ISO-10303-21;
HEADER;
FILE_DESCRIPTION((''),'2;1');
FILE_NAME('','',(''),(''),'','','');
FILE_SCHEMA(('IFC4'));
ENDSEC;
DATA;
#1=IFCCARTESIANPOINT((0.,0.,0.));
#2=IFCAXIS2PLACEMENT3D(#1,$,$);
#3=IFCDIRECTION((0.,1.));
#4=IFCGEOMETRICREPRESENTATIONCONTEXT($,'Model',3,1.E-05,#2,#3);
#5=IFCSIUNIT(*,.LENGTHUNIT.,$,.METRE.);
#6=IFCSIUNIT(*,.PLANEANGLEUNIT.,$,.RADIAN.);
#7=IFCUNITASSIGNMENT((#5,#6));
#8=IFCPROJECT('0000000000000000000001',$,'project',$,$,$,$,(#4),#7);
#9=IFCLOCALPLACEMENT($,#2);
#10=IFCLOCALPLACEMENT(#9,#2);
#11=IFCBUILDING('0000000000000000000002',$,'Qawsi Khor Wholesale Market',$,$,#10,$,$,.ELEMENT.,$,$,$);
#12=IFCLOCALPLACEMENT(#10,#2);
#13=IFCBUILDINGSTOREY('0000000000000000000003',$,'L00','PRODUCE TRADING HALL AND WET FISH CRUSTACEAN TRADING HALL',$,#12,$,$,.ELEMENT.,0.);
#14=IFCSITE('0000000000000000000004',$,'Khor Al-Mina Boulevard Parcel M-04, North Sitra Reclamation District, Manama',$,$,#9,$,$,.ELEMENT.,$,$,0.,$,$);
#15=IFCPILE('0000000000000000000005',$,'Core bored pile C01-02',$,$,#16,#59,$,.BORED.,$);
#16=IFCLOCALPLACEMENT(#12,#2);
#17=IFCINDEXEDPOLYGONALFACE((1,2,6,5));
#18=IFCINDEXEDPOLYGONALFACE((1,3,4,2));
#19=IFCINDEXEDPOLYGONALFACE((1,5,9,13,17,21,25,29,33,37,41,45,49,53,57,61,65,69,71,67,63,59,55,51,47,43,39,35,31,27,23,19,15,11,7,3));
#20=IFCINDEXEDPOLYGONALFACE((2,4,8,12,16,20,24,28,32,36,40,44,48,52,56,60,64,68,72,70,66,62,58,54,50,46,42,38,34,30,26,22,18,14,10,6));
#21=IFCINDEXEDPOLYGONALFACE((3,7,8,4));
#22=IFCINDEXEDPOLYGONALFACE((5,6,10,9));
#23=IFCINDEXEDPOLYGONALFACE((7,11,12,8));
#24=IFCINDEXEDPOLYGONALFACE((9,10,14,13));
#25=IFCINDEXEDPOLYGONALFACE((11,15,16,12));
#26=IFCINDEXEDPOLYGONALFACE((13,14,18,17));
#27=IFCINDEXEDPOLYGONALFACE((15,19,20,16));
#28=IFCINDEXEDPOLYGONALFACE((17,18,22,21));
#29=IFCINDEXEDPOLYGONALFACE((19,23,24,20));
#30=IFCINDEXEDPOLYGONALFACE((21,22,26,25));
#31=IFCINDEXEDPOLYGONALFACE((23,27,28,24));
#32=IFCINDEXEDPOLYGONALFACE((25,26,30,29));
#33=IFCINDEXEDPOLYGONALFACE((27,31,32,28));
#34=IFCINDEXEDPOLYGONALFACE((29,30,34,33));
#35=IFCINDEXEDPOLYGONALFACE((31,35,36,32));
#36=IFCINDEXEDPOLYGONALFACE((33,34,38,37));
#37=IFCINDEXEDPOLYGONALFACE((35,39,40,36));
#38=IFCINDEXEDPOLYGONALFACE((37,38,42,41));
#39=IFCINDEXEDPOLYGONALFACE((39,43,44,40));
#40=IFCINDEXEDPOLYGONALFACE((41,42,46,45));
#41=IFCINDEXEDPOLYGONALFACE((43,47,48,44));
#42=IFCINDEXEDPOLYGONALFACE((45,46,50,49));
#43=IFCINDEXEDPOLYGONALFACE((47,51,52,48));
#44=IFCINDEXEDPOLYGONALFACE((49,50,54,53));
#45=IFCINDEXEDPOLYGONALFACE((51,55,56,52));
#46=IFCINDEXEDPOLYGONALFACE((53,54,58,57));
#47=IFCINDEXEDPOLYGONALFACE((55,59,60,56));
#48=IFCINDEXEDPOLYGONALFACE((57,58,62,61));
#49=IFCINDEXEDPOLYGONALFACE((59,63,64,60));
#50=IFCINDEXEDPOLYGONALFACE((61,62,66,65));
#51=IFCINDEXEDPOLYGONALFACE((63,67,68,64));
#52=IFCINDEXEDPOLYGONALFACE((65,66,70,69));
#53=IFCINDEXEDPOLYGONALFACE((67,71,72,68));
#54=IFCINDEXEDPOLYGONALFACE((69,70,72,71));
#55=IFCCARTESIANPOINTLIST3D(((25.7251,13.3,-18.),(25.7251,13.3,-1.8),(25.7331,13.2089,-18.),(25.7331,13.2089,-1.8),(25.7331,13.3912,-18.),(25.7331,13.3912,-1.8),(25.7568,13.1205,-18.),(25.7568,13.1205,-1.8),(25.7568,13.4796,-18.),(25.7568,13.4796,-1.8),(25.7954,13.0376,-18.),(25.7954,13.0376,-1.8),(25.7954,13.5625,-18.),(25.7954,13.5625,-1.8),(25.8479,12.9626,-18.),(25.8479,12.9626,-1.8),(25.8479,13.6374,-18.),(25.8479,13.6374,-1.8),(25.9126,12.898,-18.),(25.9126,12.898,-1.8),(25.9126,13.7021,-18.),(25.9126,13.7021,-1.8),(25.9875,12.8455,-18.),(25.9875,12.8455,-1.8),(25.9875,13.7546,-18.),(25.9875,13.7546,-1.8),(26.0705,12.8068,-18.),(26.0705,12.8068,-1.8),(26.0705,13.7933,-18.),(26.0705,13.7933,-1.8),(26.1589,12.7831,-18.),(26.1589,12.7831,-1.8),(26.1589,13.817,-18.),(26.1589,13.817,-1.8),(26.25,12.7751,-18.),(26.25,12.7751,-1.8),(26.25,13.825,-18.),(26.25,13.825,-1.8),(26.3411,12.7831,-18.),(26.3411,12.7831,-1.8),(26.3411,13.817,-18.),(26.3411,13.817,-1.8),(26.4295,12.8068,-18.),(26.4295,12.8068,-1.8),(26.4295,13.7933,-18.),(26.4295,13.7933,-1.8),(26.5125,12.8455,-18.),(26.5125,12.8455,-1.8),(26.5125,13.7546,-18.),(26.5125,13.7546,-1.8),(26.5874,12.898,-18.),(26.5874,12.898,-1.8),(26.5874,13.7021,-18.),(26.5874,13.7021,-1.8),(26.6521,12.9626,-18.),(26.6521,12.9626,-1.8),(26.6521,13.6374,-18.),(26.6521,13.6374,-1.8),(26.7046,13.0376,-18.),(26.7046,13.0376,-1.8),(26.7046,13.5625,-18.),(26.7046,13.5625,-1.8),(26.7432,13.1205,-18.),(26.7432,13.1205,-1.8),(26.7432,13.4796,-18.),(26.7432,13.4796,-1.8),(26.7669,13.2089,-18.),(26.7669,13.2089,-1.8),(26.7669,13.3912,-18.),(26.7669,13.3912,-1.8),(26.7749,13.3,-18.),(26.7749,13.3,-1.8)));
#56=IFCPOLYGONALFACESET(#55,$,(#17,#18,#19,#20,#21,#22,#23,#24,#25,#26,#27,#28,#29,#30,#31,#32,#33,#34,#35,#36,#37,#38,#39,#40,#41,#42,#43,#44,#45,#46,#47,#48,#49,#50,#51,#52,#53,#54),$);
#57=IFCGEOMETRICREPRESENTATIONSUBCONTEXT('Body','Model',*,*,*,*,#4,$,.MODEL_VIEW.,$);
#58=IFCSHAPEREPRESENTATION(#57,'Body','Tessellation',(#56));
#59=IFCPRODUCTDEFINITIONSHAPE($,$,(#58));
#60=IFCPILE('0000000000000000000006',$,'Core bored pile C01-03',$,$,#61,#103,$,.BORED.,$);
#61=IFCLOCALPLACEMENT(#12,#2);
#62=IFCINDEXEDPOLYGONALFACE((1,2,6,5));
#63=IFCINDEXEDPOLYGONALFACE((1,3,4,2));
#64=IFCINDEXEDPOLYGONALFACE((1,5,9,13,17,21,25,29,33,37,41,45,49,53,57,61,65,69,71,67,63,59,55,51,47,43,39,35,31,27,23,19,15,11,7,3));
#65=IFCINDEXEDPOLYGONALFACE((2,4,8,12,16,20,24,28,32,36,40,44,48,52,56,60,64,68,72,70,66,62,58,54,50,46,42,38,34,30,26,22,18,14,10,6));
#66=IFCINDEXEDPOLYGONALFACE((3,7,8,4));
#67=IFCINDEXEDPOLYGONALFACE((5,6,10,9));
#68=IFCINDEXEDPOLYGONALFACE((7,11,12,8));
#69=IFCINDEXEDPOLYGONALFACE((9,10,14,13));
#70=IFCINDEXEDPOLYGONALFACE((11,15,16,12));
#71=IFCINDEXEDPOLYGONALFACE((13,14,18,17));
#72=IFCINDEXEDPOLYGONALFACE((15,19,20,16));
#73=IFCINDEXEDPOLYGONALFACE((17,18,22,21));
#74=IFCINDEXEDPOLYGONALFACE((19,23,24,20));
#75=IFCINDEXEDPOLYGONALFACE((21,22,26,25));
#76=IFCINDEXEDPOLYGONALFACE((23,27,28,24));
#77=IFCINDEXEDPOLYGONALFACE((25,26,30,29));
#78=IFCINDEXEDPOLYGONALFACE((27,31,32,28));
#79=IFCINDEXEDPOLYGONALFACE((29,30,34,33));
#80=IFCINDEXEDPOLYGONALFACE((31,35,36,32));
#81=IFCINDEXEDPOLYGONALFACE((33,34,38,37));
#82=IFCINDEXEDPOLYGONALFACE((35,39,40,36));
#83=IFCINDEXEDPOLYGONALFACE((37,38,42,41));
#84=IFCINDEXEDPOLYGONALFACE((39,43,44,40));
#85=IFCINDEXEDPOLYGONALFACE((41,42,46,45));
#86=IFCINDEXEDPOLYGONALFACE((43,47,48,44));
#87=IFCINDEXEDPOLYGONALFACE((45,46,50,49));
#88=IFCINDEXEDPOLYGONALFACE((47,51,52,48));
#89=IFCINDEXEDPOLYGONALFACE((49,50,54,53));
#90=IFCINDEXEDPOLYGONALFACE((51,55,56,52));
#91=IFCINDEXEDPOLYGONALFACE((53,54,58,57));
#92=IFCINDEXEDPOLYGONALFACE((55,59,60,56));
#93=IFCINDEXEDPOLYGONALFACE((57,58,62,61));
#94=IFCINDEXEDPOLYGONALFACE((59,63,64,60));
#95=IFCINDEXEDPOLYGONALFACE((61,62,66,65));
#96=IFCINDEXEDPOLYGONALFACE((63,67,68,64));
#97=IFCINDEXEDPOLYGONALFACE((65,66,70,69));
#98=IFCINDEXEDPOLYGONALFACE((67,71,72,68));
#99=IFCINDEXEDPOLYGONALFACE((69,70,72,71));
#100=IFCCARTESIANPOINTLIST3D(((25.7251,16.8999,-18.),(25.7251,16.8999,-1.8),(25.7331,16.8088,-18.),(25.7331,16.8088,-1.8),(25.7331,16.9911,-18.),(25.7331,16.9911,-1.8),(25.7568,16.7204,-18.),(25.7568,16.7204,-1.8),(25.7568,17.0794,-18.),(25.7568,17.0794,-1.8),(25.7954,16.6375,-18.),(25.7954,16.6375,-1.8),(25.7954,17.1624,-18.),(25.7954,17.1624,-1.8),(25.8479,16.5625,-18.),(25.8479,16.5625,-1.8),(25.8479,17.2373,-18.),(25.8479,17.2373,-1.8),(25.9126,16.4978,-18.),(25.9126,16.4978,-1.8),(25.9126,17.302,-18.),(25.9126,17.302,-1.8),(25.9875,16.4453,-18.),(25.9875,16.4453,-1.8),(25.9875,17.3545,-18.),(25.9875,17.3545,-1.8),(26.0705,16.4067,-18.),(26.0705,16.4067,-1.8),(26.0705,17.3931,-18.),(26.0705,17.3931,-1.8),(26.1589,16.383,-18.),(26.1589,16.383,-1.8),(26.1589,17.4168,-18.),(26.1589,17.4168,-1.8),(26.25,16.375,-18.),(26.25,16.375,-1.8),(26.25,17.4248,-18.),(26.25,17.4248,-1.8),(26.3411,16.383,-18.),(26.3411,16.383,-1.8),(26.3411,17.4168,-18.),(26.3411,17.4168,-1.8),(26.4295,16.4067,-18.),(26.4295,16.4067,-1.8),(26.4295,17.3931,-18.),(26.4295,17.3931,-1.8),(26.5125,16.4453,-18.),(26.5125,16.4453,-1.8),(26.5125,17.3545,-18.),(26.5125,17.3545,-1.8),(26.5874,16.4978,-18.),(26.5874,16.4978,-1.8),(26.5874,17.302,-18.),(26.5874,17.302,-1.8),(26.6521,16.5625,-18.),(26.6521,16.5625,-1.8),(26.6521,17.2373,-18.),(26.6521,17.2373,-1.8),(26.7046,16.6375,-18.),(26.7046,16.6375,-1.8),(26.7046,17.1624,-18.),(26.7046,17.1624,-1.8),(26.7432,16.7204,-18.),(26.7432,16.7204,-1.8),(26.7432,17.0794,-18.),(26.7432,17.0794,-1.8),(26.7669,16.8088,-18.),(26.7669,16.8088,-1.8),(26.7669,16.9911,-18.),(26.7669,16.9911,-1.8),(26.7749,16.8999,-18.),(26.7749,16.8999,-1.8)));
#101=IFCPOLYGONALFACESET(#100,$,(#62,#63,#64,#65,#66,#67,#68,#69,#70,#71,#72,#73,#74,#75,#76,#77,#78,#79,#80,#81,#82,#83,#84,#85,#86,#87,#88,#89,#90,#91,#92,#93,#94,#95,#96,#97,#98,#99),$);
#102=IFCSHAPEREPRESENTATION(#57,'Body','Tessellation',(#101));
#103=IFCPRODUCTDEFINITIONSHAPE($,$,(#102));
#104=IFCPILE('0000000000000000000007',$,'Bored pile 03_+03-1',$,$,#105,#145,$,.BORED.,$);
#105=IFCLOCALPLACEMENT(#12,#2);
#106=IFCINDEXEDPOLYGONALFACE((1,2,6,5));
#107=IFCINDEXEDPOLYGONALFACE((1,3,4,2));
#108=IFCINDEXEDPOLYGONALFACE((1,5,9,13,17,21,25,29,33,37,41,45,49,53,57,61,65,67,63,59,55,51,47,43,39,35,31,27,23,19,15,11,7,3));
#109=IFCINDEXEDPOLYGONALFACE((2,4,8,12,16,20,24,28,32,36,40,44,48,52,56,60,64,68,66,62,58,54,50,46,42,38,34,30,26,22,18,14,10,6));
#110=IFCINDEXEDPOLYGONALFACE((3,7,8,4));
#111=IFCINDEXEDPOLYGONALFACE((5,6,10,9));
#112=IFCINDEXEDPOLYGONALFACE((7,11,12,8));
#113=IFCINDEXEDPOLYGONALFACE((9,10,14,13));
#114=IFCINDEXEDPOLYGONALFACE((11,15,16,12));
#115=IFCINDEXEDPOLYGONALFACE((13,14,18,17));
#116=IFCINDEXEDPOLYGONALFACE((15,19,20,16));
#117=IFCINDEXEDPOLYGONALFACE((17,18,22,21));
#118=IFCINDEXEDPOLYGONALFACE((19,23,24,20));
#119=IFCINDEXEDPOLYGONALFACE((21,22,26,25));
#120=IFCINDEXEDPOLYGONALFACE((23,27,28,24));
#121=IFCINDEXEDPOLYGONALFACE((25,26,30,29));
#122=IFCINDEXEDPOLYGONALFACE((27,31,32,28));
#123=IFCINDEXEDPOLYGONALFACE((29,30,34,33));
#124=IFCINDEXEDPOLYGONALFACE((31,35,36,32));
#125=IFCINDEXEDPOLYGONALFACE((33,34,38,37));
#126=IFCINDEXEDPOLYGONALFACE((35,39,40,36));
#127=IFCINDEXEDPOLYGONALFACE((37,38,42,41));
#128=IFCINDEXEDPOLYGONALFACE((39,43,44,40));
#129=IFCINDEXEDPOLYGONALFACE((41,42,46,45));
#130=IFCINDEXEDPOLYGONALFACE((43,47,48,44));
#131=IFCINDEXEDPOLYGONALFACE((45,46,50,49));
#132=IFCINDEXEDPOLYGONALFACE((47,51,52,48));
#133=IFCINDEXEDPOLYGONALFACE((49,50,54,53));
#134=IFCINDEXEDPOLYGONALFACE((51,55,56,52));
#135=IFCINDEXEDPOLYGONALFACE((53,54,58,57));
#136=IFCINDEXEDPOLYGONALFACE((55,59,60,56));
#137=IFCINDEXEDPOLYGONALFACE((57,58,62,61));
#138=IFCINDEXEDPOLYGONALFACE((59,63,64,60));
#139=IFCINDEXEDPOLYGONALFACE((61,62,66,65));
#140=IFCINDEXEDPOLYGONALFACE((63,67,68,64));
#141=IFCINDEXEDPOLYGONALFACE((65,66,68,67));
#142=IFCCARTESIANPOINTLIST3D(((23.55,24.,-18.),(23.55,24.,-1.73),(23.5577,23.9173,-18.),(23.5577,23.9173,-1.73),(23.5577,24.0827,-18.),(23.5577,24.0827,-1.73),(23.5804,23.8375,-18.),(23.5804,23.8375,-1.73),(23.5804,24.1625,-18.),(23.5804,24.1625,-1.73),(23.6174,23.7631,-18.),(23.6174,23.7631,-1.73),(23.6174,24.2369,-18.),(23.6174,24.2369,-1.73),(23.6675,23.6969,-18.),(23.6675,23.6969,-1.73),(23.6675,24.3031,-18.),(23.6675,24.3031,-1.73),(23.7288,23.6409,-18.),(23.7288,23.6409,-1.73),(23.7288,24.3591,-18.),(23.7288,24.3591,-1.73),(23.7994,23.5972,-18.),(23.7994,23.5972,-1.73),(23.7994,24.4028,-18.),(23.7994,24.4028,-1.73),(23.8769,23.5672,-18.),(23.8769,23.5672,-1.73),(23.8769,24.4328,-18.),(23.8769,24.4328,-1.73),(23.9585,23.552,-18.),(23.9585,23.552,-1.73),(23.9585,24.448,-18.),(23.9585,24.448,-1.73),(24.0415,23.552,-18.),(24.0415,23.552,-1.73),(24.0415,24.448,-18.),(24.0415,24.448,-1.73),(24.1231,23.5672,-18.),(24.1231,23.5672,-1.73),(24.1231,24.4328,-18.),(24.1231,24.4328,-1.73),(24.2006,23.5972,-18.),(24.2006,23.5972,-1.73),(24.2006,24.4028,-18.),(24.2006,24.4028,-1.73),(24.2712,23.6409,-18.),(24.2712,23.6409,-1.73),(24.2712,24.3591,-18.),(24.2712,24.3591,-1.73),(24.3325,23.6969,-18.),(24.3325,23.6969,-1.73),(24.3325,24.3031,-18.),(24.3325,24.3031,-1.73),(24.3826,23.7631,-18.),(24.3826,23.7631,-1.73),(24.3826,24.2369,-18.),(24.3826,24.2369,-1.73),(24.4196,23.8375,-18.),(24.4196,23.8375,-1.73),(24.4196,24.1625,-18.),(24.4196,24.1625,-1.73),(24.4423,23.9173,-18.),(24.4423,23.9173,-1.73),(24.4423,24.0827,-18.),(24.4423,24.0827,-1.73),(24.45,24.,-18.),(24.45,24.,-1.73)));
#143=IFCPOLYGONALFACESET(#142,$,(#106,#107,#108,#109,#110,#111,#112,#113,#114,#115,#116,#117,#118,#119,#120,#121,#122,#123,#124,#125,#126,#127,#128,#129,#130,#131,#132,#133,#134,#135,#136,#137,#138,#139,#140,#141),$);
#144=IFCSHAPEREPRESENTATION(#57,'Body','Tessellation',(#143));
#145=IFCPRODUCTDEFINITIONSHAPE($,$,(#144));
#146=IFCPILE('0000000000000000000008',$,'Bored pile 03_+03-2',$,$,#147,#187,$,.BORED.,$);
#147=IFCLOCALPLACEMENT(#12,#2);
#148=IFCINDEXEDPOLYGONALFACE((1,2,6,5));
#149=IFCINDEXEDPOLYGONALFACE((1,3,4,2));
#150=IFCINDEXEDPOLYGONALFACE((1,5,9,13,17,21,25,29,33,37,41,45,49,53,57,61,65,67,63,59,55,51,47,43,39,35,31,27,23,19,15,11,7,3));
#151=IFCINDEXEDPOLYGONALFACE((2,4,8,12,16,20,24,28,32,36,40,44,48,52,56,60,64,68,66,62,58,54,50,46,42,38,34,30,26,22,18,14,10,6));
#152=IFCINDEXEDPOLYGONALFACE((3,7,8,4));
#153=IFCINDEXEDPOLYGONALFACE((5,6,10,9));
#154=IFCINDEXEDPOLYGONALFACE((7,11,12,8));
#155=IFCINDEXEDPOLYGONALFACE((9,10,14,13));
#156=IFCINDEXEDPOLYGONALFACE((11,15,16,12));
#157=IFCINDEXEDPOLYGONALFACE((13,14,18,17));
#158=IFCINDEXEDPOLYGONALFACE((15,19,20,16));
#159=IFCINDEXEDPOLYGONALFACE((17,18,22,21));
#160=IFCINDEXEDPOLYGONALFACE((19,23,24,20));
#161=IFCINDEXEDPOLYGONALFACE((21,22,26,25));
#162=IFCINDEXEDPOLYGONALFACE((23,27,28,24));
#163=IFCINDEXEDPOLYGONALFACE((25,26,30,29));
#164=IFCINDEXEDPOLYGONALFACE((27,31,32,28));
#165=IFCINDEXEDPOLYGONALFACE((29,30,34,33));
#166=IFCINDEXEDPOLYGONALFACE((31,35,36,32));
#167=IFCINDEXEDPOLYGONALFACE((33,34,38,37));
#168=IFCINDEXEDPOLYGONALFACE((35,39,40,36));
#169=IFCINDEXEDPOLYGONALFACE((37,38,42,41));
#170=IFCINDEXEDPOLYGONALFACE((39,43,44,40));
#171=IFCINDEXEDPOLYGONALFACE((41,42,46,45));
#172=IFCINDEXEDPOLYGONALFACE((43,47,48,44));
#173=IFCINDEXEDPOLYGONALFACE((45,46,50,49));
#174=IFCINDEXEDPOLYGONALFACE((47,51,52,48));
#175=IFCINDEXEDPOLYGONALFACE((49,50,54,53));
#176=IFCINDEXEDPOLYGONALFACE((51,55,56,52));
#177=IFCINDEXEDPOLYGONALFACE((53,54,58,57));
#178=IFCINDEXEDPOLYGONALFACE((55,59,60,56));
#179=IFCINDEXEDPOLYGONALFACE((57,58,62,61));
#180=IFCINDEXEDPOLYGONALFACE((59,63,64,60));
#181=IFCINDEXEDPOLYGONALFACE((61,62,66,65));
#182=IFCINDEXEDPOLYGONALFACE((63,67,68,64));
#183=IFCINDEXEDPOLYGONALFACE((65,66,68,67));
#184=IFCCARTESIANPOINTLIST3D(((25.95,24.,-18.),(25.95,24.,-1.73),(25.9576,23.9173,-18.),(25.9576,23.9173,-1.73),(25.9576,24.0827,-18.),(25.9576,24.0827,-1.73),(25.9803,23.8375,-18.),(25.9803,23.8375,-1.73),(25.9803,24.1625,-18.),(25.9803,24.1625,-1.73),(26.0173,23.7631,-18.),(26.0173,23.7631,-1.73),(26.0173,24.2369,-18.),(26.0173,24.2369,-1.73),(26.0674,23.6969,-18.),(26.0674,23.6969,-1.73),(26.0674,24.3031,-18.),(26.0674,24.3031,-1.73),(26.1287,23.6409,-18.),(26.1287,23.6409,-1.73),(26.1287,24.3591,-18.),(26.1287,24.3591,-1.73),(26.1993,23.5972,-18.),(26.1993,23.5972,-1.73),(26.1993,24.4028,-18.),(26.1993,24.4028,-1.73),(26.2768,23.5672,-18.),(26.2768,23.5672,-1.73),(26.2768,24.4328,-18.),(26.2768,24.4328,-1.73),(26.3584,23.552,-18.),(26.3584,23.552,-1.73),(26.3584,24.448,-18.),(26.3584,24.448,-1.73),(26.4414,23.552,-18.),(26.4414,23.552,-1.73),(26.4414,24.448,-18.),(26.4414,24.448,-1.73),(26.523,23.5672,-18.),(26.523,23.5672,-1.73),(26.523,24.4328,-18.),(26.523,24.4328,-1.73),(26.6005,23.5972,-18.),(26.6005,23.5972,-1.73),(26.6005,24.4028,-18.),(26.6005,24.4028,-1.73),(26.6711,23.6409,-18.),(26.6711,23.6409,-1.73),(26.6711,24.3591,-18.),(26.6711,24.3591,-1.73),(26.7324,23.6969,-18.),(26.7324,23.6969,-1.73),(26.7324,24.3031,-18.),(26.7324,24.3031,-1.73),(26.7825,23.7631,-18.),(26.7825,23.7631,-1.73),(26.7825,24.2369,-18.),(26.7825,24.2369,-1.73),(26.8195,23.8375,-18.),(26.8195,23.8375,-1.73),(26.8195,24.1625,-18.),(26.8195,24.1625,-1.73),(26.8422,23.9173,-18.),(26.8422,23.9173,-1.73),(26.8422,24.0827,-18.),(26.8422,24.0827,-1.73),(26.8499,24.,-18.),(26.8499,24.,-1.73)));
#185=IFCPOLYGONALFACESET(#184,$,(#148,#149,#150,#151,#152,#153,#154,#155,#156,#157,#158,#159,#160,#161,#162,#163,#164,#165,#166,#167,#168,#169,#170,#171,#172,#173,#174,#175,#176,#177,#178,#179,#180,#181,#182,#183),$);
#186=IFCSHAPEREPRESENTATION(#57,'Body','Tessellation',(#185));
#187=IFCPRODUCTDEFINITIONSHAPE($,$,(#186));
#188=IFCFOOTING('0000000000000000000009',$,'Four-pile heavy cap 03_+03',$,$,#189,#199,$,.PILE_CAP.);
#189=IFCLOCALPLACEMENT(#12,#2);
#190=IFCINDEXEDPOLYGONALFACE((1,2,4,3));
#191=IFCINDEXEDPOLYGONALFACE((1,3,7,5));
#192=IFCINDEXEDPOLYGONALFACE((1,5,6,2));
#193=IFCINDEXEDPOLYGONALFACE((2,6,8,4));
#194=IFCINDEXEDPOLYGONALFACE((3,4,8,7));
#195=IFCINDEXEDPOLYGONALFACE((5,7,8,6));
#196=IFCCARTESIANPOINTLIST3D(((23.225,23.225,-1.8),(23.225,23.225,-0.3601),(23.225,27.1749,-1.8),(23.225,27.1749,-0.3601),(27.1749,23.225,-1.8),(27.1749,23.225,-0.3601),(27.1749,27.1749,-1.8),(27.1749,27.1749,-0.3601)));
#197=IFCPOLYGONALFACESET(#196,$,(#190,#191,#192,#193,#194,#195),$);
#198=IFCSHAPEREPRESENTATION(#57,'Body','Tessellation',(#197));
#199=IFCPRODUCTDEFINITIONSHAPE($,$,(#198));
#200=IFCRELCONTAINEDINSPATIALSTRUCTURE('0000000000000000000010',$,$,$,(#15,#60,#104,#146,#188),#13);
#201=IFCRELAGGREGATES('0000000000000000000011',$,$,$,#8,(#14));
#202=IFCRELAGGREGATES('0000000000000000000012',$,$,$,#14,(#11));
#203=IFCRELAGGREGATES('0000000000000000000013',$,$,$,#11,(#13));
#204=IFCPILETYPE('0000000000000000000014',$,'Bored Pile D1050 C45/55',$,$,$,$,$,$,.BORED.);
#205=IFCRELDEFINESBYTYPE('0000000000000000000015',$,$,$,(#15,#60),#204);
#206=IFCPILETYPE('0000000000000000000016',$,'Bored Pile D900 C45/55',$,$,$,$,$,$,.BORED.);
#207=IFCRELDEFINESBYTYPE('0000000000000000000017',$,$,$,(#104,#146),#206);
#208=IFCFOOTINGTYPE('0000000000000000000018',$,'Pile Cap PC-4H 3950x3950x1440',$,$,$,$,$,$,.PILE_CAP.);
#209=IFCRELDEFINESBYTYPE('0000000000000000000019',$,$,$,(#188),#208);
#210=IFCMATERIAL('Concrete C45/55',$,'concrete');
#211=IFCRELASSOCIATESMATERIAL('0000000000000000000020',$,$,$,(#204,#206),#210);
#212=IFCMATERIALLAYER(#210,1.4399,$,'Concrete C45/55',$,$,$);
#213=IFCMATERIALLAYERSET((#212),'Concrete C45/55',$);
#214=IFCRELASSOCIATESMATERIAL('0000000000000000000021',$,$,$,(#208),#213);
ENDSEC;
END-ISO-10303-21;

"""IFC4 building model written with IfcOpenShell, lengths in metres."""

from ifc_helpers import new_model, si_unit, direction, frame, origin, origin_2d, place, context, subcontext, project, spatial, rectangle, circle, extrude, material, layer, layer_set, material_profile, profile_set, type_object, element, save


model = new_model("IFC4")

# Units and contexts
model_context = context("Model", 3, precision=1e-05, world=origin(), true_north=direction((0.0, 1.0)))
body_context = subcontext(model_context, "Body", "Model", "MODEL_VIEW")
ifc_project = project(units=[si_unit("LENGTHUNIT", "METRE"), si_unit("PLANEANGLEUNIT", "RADIAN")], contexts=[model_context])

# Site, building, storey
site_placement = place(None, origin())
site = spatial("IfcSite", under=ifc_project, at=site_placement, Name="Khor Al-Mina Boulevard Parcel M-04, North Sitra Reclamation District, Manama", CompositionType="ELEMENT", RefElevation=0.0)
building_placement = place(site_placement, origin())
building = spatial("IfcBuilding", under=site, at=building_placement, Name="Qawsi Khor Wholesale Market", CompositionType="ELEMENT")
storey_placement = place(building_placement, origin())
storey = spatial("IfcBuildingStorey", under=building, at=storey_placement, Name="L00", Description="PRODUCE TRADING HALL AND WET FISH CRUSTACEAN TRADING HALL", CompositionType="ELEMENT", Elevation=0.0)

# Piles
ifc_material_1 = material(Name="Concrete C45/55", Category="concrete")
ifc_material_profile_1 = material_profile(ifc_material_1, circle(Radius=0.5249, at=origin_2d()), Name="PILE D1050")
ifc_profile_set_1 = profile_set([ifc_material_profile_1], Name="Concrete C45/55")
pile_type_1 = type_object("IfcPileType", Name="Bored Pile D1050 C45/55", PredefinedType="BORED", material=ifc_profile_set_1)
for number, where, z_axis, x_axis, name in (
    (1, (26.25, 13.3, -1.8), (0.0, 0.0, -1.0), (1.0, 0.0, 0.0), "Core bored pile C01-02"),
    (2, (26.25, 16.8999, -1.8), (0.0, 0.0, -1.0), (1.0, 0.0, 0.0), "Core bored pile C01-03"),
):
    element("IfcPile", number, at=place(storey_placement, frame(where, z_axis=z_axis, x_axis=x_axis)), inside=storey, type_object=pile_type_1, Name=name, PredefinedType="BORED", context=body_context, shape_type="SweptSolid", body=[
        extrude(circle(Radius=0.5249, at=origin_2d()), origin(), (0.0, 0.0, 1.0), 16.2),
    ])
ifc_material_profile_2 = material_profile(ifc_material_1, circle(Radius=0.45, at=origin_2d()), Name="PILE D900")
ifc_profile_set_2 = profile_set([ifc_material_profile_2], Name="Concrete C45/55")
pile_type_2 = type_object("IfcPileType", Name="Bored Pile D900 C45/55", PredefinedType="BORED", material=ifc_profile_set_2)
for number, where, z_axis, x_axis, name in (
    (3, (24.0, 24.0, -1.73), (0.0, 0.0, -1.0), (1.0, 0.0, 0.0), "Bored pile 03_+03-1"),
    (4, (26.3999, 24.0, -1.73), (0.0, 0.0, -1.0), (1.0, 0.0, 0.0), "Bored pile 03_+03-2"),
):
    element("IfcPile", number, at=place(storey_placement, frame(where, z_axis=z_axis, x_axis=x_axis)), inside=storey, type_object=pile_type_2, Name=name, PredefinedType="BORED", context=body_context, shape_type="SweptSolid", body=[
        extrude(circle(Radius=0.45, at=origin_2d()), origin(), (0.0, 0.0, 1.0), 16.27),
    ])

# Footing
ifc_layer_1 = layer(ifc_material_1, 1.4399, Name="Concrete C45/55")
ifc_layer_set_1 = layer_set([ifc_layer_1], Name="Concrete C45/55")
footing_type = type_object("IfcFootingType", Name="Pile Cap PC-4H 3950x3950x1440", PredefinedType="PILE_CAP", material=ifc_layer_set_1)
footing_placement = place(storey_placement, frame((25.2, 25.2, -1.8), z_axis=(0.0, 0.0, 1.0), x_axis=(1.0, 0.0, 0.0)))
element("IfcFooting", 5, at=footing_placement, inside=storey, type_object=footing_type, Name="Four-pile heavy cap 03_+03", PredefinedType="PILE_CAP", context=body_context, shape_type="SweptSolid", body=[
    extrude(rectangle(XDim=3.95, YDim=3.95, at=origin_2d()), origin(), (0.0, 0.0, 1.0), 1.4399),
])

save(model, "model.ifc")
